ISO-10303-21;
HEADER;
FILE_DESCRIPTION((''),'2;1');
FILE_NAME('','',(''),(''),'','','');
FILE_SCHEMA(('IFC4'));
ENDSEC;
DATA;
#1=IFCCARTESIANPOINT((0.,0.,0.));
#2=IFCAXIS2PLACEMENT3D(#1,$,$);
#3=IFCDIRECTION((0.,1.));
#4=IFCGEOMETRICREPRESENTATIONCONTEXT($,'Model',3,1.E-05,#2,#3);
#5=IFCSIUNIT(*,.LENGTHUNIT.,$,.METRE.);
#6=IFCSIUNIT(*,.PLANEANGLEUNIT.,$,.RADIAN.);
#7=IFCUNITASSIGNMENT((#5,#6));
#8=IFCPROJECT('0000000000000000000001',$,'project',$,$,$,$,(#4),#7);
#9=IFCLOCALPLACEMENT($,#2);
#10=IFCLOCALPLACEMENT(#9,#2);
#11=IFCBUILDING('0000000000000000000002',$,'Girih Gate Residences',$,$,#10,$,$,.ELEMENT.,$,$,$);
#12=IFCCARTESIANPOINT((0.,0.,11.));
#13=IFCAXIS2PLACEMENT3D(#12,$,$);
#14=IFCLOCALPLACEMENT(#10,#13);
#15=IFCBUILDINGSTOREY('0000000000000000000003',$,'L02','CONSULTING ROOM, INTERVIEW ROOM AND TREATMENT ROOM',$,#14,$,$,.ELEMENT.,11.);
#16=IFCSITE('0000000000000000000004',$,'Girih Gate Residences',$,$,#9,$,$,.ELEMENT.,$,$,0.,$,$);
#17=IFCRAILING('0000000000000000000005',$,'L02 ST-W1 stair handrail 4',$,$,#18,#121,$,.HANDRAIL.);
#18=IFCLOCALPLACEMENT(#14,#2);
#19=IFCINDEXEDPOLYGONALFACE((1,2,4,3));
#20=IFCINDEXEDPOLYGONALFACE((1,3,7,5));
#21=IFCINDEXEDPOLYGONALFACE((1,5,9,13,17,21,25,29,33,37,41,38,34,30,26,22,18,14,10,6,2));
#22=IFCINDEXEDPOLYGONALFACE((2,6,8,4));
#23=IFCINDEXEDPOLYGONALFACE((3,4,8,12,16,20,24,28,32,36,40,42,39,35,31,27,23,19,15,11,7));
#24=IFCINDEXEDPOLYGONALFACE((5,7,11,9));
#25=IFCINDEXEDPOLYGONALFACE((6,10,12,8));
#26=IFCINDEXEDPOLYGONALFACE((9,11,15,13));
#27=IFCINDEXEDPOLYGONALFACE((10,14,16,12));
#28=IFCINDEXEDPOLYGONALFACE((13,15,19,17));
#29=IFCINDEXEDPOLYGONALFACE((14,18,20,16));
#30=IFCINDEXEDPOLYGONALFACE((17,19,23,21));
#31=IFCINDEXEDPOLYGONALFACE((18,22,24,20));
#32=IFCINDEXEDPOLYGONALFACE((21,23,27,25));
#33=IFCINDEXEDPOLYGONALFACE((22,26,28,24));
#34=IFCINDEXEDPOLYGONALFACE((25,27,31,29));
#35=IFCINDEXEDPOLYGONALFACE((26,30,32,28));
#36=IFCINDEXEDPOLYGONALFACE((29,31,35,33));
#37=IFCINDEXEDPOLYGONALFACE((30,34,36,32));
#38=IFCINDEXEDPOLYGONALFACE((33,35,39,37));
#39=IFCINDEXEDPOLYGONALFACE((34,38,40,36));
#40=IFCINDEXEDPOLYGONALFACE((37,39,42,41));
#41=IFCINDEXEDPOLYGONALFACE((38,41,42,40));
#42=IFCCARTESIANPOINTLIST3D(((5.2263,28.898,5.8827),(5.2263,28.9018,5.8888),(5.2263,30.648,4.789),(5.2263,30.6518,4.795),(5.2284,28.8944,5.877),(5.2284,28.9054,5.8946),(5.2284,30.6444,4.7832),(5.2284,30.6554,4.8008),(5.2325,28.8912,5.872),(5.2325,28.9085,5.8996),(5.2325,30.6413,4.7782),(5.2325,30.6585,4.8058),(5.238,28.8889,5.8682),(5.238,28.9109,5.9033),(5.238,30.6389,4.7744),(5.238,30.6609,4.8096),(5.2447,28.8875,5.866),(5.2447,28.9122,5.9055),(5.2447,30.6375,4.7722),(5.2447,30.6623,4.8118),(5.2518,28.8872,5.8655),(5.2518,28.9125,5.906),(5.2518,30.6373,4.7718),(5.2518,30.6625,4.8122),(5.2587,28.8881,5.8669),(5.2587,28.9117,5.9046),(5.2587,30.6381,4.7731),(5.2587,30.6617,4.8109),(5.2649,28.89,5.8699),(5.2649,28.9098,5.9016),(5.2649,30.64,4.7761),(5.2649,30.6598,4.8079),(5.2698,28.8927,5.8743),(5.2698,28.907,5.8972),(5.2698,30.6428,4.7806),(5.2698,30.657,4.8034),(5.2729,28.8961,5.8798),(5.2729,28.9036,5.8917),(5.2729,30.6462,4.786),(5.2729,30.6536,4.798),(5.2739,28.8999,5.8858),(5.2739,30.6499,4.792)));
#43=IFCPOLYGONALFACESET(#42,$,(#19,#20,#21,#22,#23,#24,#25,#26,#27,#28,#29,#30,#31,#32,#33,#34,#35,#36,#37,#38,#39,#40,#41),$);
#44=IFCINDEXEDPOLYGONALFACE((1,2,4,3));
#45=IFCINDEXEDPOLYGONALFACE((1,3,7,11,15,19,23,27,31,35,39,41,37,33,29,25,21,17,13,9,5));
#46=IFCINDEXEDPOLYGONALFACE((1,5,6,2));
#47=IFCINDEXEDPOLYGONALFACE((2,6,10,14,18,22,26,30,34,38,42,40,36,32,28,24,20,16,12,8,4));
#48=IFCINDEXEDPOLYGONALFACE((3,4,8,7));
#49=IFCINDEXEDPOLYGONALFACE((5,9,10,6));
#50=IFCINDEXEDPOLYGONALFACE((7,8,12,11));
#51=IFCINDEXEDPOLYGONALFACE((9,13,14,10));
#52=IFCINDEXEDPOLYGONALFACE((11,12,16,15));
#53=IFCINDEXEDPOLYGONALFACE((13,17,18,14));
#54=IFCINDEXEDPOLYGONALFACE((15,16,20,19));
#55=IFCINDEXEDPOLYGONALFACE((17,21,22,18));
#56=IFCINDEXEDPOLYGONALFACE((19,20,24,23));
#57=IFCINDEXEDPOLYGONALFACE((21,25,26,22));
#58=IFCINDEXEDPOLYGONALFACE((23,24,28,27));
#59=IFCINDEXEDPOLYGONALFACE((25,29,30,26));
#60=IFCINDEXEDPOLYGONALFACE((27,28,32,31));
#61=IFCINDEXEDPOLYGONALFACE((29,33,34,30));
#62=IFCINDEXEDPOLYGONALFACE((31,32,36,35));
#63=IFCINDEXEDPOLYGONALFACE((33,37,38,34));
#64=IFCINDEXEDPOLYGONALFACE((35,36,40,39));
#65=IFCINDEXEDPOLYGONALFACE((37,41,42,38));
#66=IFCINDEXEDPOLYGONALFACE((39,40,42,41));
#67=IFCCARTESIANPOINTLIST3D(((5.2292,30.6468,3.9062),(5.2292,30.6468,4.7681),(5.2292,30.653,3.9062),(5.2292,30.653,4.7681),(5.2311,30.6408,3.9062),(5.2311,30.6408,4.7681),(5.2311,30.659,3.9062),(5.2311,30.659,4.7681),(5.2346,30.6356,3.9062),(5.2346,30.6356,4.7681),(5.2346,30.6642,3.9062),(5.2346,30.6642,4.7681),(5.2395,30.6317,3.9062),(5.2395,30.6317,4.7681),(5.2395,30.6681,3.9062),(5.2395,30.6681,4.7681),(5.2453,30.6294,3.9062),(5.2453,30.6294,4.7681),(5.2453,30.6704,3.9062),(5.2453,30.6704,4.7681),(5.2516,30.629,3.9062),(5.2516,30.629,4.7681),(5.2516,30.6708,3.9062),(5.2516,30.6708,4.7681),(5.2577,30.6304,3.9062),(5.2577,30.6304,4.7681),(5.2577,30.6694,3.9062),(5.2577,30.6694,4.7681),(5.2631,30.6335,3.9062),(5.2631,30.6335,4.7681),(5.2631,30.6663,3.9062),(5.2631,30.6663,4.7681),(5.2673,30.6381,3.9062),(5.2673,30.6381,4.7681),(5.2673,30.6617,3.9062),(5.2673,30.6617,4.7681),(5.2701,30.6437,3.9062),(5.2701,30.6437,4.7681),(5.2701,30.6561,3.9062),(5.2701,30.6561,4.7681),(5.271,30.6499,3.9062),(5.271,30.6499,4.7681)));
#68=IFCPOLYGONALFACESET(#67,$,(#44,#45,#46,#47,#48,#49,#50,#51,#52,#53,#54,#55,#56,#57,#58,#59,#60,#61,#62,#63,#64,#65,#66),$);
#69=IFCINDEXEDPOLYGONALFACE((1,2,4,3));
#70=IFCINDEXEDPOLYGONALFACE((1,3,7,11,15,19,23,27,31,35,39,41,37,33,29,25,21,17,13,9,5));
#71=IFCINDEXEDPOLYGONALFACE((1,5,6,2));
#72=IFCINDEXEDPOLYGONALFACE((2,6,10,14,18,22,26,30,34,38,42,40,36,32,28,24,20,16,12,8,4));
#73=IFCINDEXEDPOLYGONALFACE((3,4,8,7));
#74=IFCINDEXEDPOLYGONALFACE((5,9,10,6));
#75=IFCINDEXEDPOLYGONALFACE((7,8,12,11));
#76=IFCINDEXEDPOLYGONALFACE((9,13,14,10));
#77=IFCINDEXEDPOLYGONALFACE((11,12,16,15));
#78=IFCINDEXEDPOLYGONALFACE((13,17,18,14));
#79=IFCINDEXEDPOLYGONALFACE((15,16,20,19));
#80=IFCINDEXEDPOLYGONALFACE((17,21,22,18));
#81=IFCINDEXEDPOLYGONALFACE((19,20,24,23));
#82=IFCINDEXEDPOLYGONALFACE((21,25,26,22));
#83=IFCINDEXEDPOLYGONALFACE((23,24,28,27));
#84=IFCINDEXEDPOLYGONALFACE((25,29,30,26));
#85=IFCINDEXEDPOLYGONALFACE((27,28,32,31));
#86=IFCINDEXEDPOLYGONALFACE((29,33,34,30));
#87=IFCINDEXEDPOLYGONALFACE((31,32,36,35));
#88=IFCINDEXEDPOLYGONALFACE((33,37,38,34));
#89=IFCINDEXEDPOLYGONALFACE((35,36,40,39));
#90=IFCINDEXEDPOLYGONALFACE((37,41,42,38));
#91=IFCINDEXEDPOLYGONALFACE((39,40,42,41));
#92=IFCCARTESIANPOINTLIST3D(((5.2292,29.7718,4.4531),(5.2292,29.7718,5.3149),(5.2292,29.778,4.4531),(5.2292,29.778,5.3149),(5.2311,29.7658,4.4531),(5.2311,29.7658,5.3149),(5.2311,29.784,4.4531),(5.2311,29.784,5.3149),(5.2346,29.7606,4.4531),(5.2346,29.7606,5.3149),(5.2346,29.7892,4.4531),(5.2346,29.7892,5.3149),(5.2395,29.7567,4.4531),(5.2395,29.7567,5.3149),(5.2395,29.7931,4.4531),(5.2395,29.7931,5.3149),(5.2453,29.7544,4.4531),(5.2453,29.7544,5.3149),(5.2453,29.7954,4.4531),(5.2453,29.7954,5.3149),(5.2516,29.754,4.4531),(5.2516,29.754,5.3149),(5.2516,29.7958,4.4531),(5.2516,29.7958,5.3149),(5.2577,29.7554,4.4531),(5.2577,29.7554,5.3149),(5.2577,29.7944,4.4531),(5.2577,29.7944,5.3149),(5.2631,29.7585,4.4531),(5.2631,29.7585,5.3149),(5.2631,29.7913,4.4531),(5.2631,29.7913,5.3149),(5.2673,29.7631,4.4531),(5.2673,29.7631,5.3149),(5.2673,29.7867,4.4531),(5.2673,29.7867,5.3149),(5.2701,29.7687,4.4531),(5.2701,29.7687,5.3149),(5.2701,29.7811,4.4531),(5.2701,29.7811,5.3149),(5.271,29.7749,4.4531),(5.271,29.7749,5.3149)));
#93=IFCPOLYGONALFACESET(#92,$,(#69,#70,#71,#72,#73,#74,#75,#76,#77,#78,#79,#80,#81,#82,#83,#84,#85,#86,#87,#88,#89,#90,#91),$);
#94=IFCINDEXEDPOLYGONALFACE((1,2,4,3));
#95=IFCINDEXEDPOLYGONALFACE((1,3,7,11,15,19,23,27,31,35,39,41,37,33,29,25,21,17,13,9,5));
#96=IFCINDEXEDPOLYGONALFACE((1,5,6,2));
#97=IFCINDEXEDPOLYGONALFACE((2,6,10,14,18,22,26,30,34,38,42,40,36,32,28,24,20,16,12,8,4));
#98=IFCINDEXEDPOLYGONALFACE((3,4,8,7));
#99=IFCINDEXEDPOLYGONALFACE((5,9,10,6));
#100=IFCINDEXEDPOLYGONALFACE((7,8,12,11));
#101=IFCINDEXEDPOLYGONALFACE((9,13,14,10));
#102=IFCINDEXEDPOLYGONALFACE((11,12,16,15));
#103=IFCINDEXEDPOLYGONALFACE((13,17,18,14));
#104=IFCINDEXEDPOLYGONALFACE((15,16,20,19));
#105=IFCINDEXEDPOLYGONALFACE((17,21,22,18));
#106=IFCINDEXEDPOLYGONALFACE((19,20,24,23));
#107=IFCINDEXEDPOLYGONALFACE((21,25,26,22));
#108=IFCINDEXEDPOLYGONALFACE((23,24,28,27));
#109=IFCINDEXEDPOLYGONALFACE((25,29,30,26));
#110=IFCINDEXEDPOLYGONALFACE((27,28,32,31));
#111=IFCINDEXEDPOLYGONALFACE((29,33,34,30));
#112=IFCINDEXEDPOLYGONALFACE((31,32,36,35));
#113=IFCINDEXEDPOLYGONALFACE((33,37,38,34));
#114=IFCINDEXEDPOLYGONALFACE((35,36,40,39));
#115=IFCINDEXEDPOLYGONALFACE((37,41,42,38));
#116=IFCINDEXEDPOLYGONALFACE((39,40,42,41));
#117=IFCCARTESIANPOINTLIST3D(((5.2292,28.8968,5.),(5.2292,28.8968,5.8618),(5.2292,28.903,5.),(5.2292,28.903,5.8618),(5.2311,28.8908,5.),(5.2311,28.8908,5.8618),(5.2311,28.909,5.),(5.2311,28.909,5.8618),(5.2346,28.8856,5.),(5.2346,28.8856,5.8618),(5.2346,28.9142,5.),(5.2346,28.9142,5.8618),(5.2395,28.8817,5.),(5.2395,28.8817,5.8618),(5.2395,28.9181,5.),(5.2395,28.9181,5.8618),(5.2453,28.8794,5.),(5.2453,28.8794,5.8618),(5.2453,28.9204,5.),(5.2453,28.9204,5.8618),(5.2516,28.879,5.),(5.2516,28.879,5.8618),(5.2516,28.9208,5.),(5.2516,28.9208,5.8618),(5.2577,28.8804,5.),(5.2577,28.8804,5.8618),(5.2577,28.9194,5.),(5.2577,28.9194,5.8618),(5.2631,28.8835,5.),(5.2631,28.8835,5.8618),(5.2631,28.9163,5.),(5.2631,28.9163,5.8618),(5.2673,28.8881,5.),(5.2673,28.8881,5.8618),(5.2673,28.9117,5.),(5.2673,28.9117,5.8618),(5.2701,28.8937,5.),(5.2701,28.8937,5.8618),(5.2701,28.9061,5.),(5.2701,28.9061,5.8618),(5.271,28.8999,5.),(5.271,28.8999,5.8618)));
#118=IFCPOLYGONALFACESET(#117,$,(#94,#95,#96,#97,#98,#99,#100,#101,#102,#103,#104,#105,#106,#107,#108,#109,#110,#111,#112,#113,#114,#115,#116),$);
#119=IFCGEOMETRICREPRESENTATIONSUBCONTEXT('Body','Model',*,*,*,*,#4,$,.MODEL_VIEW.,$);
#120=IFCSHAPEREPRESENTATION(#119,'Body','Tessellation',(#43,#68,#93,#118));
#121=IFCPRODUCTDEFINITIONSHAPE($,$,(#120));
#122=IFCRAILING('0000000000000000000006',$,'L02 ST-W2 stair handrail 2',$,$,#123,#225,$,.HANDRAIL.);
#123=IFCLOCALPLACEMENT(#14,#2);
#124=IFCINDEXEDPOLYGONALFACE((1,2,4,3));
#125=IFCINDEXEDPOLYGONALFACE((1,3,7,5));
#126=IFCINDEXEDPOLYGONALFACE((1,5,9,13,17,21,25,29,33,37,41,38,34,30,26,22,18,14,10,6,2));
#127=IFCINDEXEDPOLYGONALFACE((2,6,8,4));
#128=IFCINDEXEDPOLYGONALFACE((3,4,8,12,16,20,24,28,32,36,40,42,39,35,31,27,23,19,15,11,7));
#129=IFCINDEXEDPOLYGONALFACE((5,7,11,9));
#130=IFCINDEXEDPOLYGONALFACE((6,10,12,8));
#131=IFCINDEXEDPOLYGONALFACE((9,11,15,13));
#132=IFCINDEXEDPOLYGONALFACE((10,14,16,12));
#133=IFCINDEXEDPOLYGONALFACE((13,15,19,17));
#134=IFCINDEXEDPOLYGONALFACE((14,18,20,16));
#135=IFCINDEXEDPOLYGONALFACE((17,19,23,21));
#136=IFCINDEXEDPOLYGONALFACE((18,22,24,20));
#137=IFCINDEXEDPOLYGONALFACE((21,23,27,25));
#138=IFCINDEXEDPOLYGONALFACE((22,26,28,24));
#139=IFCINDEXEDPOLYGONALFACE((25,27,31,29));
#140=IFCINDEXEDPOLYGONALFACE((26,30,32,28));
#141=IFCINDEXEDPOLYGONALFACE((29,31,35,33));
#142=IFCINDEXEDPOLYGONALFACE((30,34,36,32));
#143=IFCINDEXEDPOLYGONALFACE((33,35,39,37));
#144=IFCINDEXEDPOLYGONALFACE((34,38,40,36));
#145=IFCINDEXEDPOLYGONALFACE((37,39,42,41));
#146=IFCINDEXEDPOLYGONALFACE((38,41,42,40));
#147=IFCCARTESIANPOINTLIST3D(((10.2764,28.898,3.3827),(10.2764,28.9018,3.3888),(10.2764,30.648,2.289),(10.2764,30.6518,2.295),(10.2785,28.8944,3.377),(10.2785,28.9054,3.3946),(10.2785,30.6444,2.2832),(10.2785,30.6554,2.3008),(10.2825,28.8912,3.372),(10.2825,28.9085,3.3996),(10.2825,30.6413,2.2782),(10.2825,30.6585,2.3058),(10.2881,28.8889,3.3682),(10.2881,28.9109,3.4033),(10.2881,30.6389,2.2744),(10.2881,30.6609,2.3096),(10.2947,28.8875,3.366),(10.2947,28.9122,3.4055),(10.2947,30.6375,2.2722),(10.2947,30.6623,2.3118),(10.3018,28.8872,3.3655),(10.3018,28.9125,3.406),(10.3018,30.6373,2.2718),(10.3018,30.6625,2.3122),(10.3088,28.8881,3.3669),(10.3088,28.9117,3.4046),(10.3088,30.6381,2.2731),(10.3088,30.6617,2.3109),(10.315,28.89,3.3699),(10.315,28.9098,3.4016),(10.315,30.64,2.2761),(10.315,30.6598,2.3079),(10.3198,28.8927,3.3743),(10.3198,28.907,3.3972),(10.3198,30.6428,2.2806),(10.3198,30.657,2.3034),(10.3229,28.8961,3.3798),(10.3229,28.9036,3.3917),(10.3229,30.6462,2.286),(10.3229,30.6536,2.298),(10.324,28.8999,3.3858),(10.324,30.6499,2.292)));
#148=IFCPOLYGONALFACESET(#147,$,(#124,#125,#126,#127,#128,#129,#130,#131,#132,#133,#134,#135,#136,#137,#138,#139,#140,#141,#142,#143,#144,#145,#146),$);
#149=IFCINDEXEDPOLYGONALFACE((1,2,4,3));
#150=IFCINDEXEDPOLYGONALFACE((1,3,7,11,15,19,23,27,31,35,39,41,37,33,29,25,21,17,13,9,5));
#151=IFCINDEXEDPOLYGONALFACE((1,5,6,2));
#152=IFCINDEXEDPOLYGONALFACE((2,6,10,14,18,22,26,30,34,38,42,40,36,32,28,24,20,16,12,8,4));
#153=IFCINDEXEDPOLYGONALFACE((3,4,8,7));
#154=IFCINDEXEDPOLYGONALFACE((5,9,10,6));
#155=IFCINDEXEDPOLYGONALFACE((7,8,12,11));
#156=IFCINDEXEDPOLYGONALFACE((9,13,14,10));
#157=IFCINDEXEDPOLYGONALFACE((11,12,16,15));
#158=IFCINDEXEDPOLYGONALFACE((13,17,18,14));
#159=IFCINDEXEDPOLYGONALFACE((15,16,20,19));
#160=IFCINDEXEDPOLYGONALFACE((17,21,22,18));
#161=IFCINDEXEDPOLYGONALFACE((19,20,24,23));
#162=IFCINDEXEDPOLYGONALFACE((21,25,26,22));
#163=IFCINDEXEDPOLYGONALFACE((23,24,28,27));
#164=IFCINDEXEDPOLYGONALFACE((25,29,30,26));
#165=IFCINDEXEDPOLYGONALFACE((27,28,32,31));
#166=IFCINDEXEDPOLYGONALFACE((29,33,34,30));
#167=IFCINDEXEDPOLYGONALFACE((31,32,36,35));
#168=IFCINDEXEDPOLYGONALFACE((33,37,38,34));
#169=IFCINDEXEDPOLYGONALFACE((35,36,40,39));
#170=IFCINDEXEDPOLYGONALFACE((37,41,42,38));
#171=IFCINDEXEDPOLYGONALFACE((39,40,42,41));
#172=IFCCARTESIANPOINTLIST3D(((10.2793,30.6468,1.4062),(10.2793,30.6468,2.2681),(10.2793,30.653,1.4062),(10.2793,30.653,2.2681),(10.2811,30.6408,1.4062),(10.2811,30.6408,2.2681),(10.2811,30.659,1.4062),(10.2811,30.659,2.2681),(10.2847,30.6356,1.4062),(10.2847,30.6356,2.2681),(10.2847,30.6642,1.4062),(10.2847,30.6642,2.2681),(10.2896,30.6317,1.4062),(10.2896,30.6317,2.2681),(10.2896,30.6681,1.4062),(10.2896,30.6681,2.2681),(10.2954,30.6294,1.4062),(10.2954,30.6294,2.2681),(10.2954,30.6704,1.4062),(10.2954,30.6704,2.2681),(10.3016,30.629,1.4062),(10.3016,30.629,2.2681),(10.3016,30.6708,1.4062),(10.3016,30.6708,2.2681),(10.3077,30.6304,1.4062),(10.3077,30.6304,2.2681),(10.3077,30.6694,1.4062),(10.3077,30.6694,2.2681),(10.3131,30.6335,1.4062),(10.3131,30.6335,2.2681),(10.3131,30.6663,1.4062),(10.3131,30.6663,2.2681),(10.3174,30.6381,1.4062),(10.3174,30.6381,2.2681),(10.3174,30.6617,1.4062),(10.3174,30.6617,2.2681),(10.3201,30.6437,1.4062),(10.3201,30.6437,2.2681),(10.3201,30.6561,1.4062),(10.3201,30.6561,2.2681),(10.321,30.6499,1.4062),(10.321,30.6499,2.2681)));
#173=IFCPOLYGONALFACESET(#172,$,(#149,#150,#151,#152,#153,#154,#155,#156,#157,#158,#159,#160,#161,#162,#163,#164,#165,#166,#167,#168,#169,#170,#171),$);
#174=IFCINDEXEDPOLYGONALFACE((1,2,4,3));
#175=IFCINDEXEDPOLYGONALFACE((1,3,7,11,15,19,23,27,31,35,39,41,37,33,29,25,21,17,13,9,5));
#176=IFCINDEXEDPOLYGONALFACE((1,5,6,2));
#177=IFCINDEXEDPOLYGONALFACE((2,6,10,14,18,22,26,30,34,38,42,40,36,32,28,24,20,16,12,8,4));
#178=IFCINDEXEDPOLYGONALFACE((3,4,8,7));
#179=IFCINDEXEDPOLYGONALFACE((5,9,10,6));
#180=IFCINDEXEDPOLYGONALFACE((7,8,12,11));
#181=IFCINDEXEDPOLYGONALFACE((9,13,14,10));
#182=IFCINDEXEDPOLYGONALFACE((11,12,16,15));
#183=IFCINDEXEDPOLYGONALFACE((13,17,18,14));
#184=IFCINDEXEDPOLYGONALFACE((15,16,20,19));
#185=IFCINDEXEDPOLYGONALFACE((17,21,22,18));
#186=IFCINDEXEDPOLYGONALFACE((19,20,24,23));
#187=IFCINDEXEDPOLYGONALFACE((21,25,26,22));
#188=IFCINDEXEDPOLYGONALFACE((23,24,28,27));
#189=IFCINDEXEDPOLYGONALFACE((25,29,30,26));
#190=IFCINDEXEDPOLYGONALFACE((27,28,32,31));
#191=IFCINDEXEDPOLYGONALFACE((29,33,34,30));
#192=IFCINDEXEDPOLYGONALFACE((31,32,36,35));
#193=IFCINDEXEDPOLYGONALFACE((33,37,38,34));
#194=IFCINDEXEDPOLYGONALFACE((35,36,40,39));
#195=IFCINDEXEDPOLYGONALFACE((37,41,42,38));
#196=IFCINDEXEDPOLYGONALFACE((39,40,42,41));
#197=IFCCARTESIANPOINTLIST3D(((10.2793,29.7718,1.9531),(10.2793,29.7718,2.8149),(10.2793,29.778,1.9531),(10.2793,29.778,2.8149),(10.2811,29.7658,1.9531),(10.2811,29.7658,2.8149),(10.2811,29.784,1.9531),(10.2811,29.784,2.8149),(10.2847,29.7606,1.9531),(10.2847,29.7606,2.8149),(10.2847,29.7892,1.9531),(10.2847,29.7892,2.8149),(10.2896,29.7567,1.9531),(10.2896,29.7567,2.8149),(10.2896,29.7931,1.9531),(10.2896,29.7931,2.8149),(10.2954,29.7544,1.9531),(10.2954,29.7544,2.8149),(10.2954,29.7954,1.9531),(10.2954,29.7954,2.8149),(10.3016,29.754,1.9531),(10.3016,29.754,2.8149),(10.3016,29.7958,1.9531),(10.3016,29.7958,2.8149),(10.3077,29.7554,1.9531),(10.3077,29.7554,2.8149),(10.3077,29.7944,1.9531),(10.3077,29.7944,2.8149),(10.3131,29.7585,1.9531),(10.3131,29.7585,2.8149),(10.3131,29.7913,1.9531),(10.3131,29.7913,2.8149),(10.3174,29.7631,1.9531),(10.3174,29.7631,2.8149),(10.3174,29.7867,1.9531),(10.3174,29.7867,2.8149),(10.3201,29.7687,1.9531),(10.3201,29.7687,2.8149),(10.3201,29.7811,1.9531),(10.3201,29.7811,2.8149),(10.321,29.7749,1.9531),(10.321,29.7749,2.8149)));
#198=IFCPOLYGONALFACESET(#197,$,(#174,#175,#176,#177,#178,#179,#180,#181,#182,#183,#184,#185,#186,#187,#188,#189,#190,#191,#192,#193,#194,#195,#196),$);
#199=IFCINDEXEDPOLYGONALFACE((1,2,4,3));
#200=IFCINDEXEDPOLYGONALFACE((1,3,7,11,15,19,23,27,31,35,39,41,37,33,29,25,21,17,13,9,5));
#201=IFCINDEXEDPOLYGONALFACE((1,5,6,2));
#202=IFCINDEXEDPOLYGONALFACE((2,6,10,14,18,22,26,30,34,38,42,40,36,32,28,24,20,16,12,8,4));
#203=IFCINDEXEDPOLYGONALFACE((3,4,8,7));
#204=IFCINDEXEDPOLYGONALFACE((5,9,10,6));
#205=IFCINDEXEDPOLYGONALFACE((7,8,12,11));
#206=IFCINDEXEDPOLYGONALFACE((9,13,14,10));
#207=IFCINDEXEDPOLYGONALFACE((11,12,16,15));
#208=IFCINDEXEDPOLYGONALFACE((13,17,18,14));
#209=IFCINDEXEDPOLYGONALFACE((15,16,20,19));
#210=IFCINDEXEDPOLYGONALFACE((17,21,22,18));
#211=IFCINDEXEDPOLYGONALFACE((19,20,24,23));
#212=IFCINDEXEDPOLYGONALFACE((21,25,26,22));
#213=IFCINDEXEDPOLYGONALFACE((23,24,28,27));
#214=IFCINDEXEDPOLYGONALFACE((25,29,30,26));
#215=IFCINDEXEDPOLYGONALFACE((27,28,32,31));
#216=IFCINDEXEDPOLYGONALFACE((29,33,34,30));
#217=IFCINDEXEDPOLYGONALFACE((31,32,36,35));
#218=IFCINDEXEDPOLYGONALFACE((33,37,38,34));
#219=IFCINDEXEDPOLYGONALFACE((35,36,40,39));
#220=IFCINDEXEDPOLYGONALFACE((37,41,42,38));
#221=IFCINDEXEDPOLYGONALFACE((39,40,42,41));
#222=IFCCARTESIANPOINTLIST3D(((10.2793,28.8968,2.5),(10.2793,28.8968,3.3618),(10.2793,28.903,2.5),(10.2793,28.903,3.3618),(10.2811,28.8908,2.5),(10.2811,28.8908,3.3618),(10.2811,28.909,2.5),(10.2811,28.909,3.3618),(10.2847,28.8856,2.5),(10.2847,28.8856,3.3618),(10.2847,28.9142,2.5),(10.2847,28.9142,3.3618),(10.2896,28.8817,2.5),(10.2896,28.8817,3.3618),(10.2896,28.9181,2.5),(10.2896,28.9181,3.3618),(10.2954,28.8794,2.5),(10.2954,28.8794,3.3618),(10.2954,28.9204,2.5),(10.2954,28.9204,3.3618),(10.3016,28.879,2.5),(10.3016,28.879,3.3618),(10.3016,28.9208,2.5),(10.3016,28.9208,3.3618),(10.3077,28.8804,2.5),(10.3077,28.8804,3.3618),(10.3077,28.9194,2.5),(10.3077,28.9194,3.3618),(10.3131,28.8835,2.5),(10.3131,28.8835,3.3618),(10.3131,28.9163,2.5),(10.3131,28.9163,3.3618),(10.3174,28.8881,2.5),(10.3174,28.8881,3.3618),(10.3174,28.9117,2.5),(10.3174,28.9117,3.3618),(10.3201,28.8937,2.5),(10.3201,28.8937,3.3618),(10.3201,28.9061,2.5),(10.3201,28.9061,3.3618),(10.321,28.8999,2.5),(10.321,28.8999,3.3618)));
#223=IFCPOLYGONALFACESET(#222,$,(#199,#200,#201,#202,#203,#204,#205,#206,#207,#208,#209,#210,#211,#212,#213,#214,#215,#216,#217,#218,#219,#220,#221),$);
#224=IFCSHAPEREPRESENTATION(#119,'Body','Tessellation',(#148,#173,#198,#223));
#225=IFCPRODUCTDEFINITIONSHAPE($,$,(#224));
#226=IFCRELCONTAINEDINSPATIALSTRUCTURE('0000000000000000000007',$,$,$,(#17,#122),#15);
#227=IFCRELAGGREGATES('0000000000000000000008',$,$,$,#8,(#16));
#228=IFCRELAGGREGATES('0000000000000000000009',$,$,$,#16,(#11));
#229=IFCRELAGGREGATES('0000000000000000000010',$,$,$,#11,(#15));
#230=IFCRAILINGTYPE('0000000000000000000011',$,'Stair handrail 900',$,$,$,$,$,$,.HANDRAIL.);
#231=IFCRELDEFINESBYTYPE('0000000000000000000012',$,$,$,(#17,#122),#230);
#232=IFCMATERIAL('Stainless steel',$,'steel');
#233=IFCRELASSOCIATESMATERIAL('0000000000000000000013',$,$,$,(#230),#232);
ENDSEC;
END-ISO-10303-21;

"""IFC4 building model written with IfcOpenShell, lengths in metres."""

from ifc_helpers import new_model, si_unit, direction, frame, origin, origin_2d, place, context, subcontext, project, spatial, circle, extrude, material, type_object, element, save


model = new_model("IFC4")

# Units and contexts
model_context = context("Model", 3, precision=1e-05, world=origin(), true_north=direction((0.0, 1.0)))
body_context = subcontext(model_context, "Body", "Model", "MODEL_VIEW")
ifc_project = project(units=[si_unit("LENGTHUNIT", "METRE"), si_unit("PLANEANGLEUNIT", "RADIAN")], contexts=[model_context])

# Site, building, storey
site_placement = place(None, origin())
site = spatial("IfcSite", under=ifc_project, at=site_placement, Name="Girih Gate Residences", CompositionType="ELEMENT", RefElevation=0.0)
building_placement = place(site_placement, origin())
building = spatial("IfcBuilding", under=site, at=building_placement, Name="Girih Gate Residences", CompositionType="ELEMENT")
storey_placement = place(building_placement, frame((0.0, 0.0, 11.0)))
storey = spatial("IfcBuildingStorey", under=building, at=storey_placement, Name="L02", Description="CONSULTING ROOM, INTERVIEW ROOM AND TREATMENT ROOM", CompositionType="ELEMENT", Elevation=11.0)

# Railings
ifc_material_1 = material(Name="Stainless steel", Category="steel")
railing_type_1 = type_object("IfcRailingType", Name="Stair handrail 900", PredefinedType="HANDRAIL", material=ifc_material_1)
for number, where, name in (
    (1, (5.25, 30.6499, 3.9062), "L02 ST-W1 stair handrail 4"),
    (2, (10.3, 30.6499, 1.4062), "L02 ST-W2 stair handrail 2"),
):
    element("IfcRailing", number, at=place(storey_placement, frame(where)), inside=storey, type_object=railing_type_1, Name=name, PredefinedType="HANDRAIL", context=body_context, shape_type="SweptSolid", body=[
        extrude(circle(Radius=0.0239, at=origin_2d()), frame((0.0, 0.0, 0.8857), z_axis=(0.0, -0.847998, 0.529999), x_axis=(1.0, 0.0, 0.0)), (0.0, 0.0, 1.0), 2.0637),
        extrude(circle(Radius=0.021, at=origin_2d()), origin(), (0.0, 0.0, 1.0), 0.8618),
        extrude(circle(Radius=0.021, at=origin_2d()), frame((0.0, -0.875, 0.5469)), (0.0, 0.0, 1.0), 0.8618),
        extrude(circle(Radius=0.021, at=origin_2d()), frame((0.0, -1.75, 1.0938)), (0.0, 0.0, 1.0), 0.8618),
    ])

save(model, "model.ifc")
